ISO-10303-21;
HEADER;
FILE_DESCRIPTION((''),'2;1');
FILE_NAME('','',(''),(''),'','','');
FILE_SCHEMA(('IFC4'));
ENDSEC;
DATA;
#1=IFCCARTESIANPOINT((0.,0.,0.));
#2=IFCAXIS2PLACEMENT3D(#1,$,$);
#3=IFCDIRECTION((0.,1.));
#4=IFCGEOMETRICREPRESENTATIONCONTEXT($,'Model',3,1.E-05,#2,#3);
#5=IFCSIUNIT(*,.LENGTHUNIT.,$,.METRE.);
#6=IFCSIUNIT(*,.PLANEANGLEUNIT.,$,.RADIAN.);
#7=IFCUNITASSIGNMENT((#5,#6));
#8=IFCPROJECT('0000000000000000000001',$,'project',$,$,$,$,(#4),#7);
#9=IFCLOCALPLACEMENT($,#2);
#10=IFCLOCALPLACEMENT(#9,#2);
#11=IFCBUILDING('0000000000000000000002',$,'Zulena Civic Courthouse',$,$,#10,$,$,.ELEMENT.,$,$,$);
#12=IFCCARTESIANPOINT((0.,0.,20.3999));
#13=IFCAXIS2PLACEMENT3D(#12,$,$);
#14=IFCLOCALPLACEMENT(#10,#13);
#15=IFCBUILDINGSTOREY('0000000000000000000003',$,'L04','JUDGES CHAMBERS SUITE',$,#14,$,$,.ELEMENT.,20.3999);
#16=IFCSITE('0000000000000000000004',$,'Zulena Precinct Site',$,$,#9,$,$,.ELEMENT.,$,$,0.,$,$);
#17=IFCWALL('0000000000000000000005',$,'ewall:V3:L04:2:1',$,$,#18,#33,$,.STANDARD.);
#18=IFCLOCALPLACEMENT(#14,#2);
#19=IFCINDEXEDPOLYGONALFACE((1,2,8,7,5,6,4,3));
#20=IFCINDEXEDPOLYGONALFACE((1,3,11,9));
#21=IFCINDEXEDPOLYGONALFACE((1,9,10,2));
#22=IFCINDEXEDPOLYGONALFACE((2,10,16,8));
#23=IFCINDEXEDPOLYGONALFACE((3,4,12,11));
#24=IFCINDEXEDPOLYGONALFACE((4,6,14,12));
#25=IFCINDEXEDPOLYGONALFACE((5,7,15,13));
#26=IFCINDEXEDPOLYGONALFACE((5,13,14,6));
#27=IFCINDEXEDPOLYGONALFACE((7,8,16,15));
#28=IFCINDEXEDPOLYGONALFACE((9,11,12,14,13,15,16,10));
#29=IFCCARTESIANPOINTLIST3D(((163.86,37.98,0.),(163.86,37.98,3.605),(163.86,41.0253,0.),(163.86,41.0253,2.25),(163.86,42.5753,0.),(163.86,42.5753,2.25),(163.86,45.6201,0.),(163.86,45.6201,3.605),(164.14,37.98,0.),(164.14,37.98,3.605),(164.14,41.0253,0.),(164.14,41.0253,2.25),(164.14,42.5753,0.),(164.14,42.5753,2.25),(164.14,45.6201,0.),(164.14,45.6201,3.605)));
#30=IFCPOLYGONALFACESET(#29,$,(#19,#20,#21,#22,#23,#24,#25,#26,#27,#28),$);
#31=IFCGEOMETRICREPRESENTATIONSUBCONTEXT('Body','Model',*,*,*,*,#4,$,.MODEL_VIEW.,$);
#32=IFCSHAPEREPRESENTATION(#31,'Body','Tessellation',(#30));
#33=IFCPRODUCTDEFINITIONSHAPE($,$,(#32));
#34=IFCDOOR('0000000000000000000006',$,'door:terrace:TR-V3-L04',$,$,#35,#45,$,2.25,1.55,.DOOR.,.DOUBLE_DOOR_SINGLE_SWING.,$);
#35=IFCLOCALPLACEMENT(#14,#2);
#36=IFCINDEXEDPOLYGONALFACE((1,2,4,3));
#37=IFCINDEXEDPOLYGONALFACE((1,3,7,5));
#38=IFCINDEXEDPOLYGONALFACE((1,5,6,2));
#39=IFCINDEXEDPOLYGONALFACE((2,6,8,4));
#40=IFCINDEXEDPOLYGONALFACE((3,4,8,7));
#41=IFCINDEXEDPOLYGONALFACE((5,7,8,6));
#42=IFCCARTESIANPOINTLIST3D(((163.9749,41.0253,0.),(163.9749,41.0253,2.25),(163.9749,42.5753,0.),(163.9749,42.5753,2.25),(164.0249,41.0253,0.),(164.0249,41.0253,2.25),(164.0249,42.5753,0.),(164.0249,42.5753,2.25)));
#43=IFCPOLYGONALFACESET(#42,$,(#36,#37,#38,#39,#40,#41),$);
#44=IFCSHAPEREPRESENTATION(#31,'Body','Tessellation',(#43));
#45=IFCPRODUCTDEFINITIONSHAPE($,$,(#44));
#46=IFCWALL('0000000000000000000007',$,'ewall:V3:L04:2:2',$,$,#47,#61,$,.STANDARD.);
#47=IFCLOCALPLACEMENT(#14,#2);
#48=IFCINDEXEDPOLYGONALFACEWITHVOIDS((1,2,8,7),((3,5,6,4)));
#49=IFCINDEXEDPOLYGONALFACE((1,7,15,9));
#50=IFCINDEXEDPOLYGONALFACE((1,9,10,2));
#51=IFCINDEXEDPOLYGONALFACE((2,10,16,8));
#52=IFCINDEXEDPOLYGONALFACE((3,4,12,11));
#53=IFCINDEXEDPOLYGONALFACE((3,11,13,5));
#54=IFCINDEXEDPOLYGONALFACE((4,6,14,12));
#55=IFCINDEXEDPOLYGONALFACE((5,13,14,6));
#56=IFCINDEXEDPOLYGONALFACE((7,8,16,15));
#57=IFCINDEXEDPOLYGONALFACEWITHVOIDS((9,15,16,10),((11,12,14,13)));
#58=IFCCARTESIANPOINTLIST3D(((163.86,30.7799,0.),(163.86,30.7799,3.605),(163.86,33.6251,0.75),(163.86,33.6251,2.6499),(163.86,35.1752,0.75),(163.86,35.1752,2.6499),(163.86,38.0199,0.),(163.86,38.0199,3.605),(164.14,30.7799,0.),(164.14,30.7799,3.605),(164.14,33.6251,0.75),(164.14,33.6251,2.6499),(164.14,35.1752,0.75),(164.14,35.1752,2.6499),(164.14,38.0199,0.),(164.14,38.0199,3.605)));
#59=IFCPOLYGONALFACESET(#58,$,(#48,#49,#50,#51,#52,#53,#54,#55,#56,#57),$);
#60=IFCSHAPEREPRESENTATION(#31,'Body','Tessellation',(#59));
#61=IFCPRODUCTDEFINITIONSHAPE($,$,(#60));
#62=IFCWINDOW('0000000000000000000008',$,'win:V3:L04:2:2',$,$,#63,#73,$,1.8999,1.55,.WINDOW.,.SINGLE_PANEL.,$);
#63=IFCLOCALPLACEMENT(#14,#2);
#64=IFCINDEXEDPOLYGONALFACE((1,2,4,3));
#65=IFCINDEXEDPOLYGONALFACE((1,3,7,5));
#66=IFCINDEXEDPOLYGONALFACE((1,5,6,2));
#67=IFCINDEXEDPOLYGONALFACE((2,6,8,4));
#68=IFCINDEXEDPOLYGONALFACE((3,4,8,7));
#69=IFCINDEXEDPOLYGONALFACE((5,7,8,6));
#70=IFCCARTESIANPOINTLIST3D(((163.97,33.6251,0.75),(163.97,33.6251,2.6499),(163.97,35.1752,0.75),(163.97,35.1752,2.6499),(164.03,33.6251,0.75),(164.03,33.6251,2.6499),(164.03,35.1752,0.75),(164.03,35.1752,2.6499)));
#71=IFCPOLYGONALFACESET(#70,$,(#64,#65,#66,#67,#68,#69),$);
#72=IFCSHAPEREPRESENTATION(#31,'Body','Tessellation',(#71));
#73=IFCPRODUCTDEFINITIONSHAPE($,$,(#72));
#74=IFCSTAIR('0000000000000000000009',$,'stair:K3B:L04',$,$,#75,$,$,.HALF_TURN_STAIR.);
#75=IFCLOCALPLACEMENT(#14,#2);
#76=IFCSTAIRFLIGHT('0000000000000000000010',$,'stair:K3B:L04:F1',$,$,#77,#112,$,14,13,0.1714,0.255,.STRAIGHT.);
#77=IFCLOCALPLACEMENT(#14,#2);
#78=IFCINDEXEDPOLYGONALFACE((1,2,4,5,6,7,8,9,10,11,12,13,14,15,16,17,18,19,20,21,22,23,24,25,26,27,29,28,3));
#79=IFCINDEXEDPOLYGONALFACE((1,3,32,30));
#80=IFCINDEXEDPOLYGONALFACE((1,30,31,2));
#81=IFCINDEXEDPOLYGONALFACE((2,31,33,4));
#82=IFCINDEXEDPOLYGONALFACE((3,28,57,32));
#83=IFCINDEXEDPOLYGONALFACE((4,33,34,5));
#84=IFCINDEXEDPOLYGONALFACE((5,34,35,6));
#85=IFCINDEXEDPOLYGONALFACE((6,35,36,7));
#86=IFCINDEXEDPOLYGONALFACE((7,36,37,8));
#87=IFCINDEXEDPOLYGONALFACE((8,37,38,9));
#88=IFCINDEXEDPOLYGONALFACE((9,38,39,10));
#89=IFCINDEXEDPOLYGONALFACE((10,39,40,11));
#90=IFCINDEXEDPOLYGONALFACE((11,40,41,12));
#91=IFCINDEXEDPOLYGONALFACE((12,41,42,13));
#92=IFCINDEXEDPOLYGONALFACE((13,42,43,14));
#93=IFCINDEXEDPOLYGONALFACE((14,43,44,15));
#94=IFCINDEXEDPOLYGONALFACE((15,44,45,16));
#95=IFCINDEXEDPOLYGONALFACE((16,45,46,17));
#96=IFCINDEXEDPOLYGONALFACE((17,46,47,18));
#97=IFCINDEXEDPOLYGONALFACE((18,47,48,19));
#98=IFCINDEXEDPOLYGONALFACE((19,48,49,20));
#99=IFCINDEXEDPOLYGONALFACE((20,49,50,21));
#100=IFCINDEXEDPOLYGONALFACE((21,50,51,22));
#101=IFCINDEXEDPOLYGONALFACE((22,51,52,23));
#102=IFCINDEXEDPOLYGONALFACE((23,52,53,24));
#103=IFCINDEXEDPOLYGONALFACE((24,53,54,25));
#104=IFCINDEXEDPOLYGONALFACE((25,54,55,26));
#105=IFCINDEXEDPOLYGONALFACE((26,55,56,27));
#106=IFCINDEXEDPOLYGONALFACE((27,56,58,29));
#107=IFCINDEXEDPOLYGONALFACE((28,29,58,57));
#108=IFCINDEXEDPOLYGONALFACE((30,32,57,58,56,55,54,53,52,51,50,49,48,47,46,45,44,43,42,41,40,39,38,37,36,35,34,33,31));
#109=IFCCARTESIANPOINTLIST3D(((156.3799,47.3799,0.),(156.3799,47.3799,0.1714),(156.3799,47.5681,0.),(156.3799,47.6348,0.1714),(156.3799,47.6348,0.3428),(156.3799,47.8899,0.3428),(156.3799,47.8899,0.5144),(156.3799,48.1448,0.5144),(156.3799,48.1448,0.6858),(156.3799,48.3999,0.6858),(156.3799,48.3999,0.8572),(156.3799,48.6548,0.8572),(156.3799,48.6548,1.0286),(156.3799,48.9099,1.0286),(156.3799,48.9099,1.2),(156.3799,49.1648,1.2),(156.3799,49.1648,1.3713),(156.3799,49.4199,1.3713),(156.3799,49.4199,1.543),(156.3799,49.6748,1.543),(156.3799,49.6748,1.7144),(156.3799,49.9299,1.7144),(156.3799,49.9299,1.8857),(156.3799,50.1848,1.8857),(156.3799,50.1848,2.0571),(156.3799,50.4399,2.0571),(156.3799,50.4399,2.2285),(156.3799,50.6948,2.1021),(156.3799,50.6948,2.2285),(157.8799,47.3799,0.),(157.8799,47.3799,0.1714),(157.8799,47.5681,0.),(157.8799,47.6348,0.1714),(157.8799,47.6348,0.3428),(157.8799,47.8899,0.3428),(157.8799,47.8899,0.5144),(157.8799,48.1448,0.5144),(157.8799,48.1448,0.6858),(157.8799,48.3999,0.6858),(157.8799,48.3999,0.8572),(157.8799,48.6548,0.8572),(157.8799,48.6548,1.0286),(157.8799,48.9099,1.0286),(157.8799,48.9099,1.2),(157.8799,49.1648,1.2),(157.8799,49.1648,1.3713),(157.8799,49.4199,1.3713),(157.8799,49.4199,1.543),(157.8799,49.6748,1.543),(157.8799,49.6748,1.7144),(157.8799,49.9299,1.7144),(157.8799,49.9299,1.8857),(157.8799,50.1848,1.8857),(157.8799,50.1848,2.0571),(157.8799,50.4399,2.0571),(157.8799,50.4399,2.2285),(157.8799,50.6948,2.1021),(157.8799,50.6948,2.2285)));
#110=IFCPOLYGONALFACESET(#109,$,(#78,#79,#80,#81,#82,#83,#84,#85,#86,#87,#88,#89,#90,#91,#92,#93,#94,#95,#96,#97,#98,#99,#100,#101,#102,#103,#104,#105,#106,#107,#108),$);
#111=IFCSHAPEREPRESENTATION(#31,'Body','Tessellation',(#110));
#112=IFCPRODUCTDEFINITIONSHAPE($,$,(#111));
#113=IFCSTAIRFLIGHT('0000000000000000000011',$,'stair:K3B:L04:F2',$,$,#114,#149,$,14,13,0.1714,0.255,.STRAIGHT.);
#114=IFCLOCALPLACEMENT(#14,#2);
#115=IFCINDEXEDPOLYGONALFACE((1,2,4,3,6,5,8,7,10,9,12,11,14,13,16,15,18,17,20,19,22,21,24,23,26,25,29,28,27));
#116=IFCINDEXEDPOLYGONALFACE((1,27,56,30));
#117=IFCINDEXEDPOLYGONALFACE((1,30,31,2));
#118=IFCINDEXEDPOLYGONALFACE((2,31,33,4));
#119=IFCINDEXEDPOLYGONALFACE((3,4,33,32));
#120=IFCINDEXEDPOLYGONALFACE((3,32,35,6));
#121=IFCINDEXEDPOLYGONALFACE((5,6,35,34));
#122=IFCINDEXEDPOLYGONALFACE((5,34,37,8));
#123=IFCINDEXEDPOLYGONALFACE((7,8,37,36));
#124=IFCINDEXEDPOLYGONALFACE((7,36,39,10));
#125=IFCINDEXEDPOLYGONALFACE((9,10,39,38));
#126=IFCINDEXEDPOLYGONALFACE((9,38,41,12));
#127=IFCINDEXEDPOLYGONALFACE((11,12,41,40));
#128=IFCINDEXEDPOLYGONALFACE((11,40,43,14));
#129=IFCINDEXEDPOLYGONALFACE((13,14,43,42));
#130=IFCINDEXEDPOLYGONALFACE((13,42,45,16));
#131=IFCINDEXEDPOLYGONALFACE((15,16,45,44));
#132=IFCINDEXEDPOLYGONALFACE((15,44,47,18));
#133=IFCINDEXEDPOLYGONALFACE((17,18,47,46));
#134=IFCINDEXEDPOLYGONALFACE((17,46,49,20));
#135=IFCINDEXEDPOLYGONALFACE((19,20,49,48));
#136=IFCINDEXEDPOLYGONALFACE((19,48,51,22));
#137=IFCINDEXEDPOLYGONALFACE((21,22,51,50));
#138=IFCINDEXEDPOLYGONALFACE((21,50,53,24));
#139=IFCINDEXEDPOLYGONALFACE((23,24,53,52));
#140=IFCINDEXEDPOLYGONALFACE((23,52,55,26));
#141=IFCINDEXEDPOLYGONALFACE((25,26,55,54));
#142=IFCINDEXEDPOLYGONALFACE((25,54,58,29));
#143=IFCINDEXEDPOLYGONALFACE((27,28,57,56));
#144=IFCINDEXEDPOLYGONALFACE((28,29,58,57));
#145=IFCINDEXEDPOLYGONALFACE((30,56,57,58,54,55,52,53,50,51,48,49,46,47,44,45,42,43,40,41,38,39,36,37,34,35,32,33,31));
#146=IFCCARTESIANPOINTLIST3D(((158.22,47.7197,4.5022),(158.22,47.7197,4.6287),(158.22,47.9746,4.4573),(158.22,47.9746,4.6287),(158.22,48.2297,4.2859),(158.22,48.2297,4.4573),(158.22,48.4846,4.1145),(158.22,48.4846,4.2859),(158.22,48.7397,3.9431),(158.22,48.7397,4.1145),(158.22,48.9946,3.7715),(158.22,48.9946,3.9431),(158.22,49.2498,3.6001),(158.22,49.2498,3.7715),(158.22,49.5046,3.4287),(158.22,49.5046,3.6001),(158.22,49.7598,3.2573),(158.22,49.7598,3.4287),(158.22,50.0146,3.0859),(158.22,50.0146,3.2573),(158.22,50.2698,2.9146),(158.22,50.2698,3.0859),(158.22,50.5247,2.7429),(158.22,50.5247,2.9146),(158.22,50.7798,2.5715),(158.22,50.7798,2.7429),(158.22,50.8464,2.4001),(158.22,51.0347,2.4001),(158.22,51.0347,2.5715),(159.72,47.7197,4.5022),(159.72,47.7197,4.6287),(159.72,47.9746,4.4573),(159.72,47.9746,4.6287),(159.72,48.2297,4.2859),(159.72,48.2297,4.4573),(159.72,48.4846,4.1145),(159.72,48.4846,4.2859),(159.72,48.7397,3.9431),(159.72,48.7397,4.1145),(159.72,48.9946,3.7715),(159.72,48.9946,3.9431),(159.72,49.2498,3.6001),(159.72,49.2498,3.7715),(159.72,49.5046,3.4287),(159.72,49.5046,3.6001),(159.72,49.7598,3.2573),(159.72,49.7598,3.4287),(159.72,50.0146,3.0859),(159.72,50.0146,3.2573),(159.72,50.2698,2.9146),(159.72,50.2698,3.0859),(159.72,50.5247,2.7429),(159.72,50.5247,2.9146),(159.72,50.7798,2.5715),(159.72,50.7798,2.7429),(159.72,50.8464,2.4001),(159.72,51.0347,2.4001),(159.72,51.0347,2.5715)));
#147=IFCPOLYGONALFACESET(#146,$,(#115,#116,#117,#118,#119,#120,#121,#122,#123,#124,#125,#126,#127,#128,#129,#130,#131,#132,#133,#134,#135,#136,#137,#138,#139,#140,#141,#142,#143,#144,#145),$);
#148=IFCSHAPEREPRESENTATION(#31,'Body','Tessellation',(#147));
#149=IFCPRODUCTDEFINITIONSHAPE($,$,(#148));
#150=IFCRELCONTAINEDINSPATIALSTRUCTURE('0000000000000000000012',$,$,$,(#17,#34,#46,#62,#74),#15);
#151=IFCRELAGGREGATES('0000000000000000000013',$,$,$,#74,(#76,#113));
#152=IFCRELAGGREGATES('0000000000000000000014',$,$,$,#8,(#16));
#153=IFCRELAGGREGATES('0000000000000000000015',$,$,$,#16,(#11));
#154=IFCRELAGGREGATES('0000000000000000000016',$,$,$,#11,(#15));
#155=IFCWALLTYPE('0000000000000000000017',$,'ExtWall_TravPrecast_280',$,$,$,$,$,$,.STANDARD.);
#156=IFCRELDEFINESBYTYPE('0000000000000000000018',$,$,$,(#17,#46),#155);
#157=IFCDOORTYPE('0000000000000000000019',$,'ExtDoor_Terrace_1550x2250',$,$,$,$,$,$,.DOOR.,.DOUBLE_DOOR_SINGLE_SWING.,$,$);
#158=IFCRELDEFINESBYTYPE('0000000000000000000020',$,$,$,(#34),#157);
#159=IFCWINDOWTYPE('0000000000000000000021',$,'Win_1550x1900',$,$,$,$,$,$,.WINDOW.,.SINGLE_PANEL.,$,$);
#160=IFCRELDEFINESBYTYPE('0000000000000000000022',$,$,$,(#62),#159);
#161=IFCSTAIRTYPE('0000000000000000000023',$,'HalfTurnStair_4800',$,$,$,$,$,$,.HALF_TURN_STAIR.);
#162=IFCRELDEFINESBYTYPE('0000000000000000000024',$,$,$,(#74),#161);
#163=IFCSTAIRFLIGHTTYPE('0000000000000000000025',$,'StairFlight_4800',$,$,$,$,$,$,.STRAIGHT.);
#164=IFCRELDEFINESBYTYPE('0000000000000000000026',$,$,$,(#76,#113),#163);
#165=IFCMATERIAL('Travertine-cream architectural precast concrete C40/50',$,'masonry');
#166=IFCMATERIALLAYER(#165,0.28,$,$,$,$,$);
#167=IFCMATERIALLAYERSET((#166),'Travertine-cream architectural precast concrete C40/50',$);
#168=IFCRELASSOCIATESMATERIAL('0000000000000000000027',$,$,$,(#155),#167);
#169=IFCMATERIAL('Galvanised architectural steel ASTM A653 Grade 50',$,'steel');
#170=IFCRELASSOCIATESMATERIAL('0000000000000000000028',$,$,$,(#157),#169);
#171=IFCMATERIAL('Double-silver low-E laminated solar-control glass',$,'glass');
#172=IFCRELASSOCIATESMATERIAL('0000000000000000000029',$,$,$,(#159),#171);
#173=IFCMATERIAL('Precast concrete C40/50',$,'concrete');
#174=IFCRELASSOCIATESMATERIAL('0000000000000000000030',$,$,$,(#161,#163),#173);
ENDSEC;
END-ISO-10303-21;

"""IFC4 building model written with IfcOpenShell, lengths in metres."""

from ifc_helpers import new_model, si_unit, direction, frame, frame_2d, origin, place, context, subcontext, project, spatial, polyline, rectangle, outline, extrude, material, layer, layer_set, type_object, element, fill, aggregate, save


model = new_model("IFC4")

# Units and contexts
model_context = context("Model", 3, precision=1e-05, world=origin(), true_north=direction((0.0, 1.0)))
body_context = subcontext(model_context, "Body", "Model", "MODEL_VIEW")
ifc_project = project(units=[si_unit("LENGTHUNIT", "METRE"), si_unit("PLANEANGLEUNIT", "RADIAN")], contexts=[model_context])

# Site, building, storey
site_placement = place(None, origin())
site = spatial("IfcSite", under=ifc_project, at=site_placement, Name="Zulena Precinct Site", CompositionType="ELEMENT", RefElevation=0.0)
building_placement = place(site_placement, origin())
building = spatial("IfcBuilding", under=site, at=building_placement, Name="Zulena Civic Courthouse", CompositionType="ELEMENT")
storey_placement = place(building_placement, frame((0.0, 0.0, 20.3999)))
storey = spatial("IfcBuildingStorey", under=building, at=storey_placement, Name="L04", Description="JUDGES CHAMBERS SUITE", CompositionType="ELEMENT", Elevation=20.3999)

# Shared definitions
ifc_material_1 = material(Name="Double-silver low-E laminated solar-control glass", Category="glass")

# Wall, opening, door
ifc_material_2 = material(Name="Travertine-cream architectural precast concrete C40/50", Category="masonry")
ifc_layer_1 = layer(ifc_material_2, 0.28)
ifc_layer_set_1 = layer_set([ifc_layer_1], Name="Travertine-cream architectural precast concrete C40/50")
wall_type_1 = type_object("IfcWallType", Name="ExtWall_TravPrecast_280", PredefinedType="STANDARD", material=ifc_layer_set_1)
wall_1_placement = place(storey_placement, frame((164.0, 45.6201, 0.0), z_axis=(0.0, 0.0, 1.0), x_axis=(0.0, -1.0, 0.0)))
wall_1 = element("IfcWall", 1, at=wall_1_placement, inside=storey, type_object=wall_type_1, Name="ewall:V3:L04:2:1", PredefinedType="STANDARD", context=body_context, shape_type="SweptSolid", body=[
    extrude(rectangle(XDim=7.6401, YDim=0.28, at=frame_2d((3.8201, 0.0))), origin(), (0.0, 0.0, 1.0), 3.605),
])
opening_1_placement = place(wall_1_placement, frame((3.0449, 0.0, 0.0)))
opening_1 = element("IfcOpeningElement", 2, at=opening_1_placement, cuts=wall_1, PredefinedType="OPENING", context=body_context, shape_type="SweptSolid", body=[
    extrude(rectangle(XDim=1.55, YDim=2.25, at=frame_2d((0.7749, 1.125))), frame((0.0, 0.1499, 0.0), z_axis=(0.0, -1.0, 0.0), x_axis=(1.0, 0.0, 0.0)), (0.0, 0.0, 1.0), 0.3),
])
ifc_material_3 = material(Name="Galvanised architectural steel ASTM A653 Grade 50", Category="steel")
door_type_1 = type_object("IfcDoorType", Name="ExtDoor_Terrace_1550x2250", OperationType="DOUBLE_DOOR_SINGLE_SWING", PredefinedType="DOOR", material=ifc_material_3)
door_1_placement = place(opening_1_placement, origin())
door_1 = element("IfcDoor", 3, at=door_1_placement, inside=storey, type_object=door_type_1, Name="door:terrace:TR-V3-L04", OperationType="DOUBLE_DOOR_SINGLE_SWING", OverallHeight=2.25, OverallWidth=1.55, PredefinedType="DOOR", context=body_context, shape_type="SweptSolid", body=[
    extrude(rectangle(XDim=1.55, YDim=2.25, at=frame_2d((0.7749, 1.125))), frame((0.0, 0.0249, 0.0), z_axis=(0.0, -1.0, 0.0), x_axis=(1.0, 0.0, 0.0)), (0.0, 0.0, 1.0), 0.05),
])
fill(opening_1, door_1)

# Wall, opening, window
wall_2_placement = place(storey_placement, frame((164.0, 38.02, 0.0), z_axis=(0.0, 0.0, 1.0), x_axis=(0.0, -1.0, 0.0)))
wall_2 = element("IfcWall", 4, at=wall_2_placement, inside=storey, type_object=wall_type_1, Name="ewall:V3:L04:2:2", PredefinedType="STANDARD", context=body_context, shape_type="SweptSolid", body=[
    extrude(rectangle(XDim=7.24, YDim=0.28, at=frame_2d((3.6201, 0.0))), origin(), (0.0, 0.0, 1.0), 3.605),
])
opening_2_placement = place(wall_2_placement, frame((2.845, 0.0, 0.75)))
opening_2 = element("IfcOpeningElement", 5, at=opening_2_placement, cuts=wall_2, PredefinedType="OPENING", context=body_context, shape_type="SweptSolid", body=[
    extrude(rectangle(XDim=1.55, YDim=1.8999, at=frame_2d((0.7749, 0.95))), frame((0.0, 0.1499, 0.0), z_axis=(0.0, -1.0, 0.0), x_axis=(1.0, 0.0, 0.0)), (0.0, 0.0, 1.0), 0.3),
])
window_type = type_object("IfcWindowType", Name="Win_1550x1900", PartitioningType="SINGLE_PANEL", PredefinedType="WINDOW", material=ifc_material_1)
window_placement = place(opening_2_placement, origin())
window = element("IfcWindow", 6, at=window_placement, inside=storey, type_object=window_type, Name="win:V3:L04:2:2", OverallHeight=1.8999, OverallWidth=1.55, PartitioningType="SINGLE_PANEL", PredefinedType="WINDOW", context=body_context, shape_type="SweptSolid", body=[
    extrude(rectangle(XDim=1.55, YDim=1.8999, at=frame_2d((0.7749, 0.95))), frame((0.0, 0.03, 0.0), z_axis=(0.0, -1.0, 0.0), x_axis=(1.0, 0.0, 0.0)), (0.0, 0.0, 1.0), 0.0601),
])
fill(opening_2, window)

# Stair, stair flights
ifc_material_4 = material(Name="Precast concrete C40/50", Category="concrete")
stair_type = type_object("IfcStairType", Name="HalfTurnStair_4800", PredefinedType="HALF_TURN_STAIR", material=ifc_material_4)
stair_placement = place(storey_placement, origin())
stair = element("IfcStair", 7, at=stair_placement, inside=storey, type_object=stair_type, Name="stair:K3B:L04", PredefinedType="HALF_TURN_STAIR")
stair_flight_type = type_object("IfcStairFlightType", Name="StairFlight_4800", PredefinedType="STRAIGHT", material=ifc_material_4)
stair_flight_1_placement = place(storey_placement, frame((157.1299, 47.3799, 0.0), z_axis=(0.0, 0.0, 1.0), x_axis=(0.0, 1.0, 0.0)))
stair_flight_1 = element("IfcStairFlight", 8, at=stair_flight_1_placement, type_object=stair_flight_type, Name="stair:K3B:L04:F1", NumberOfRisers=14, NumberOfTreads=13, PredefinedType="STRAIGHT", RiserHeight=0.1714, TreadLength=0.255, context=body_context, shape_type="SweptSolid", body=[
    extrude(outline(polyline([(0.0, 0.0), (0.0, 0.1714), (0.2549, 0.1714), (0.2549, 0.3428), (0.51, 0.3428), (0.51, 0.5144), (0.7649, 0.5144), (0.7649, 0.6858), (1.02, 0.6858), (1.02, 0.8572), (1.2749, 0.8572), (1.2749, 1.0286), (1.53, 1.0286), (1.53, 1.2), (1.7849, 1.2), (1.7849, 1.3713), (2.04, 1.3713), (2.04, 1.543), (2.2949, 1.543), (2.2949, 1.7144), (2.55, 1.7144), (2.55, 1.8857), (2.8049, 1.8857), (2.8049, 2.0571), (3.0601, 2.0571), (3.0601, 2.2285), (3.3149, 2.2285), (3.3149, 2.3999), (3.3149, 2.1021), (0.1882, 0.0), (0.0, 0.0)])), frame((0.0, 0.75, 0.0), z_axis=(0.0, -1.0, 0.0), x_axis=(1.0, 0.0, 0.0)), (0.0, 0.0, 1.0), 1.5),
])
stair_flight_2_placement = place(storey_placement, frame((158.97, 51.0347, 2.4001), z_axis=(0.0, 0.0, 1.0), x_axis=(0.0, -1.0, 0.0)))
stair_flight_2 = element("IfcStairFlight", 9, at=stair_flight_2_placement, type_object=stair_flight_type, Name="stair:K3B:L04:F2", NumberOfRisers=14, NumberOfTreads=13, PredefinedType="STRAIGHT", RiserHeight=0.1714, TreadLength=0.255, context=body_context, shape_type="SweptSolid", body=[
    extrude(outline(polyline([(0.0, 0.0), (0.0, 0.1714), (0.2549, 0.1714), (0.2549, 0.3428), (0.51, 0.3428), (0.51, 0.5144), (0.7649, 0.5144), (0.7649, 0.6858), (1.02, 0.6858), (1.02, 0.8572), (1.2749, 0.8572), (1.2749, 1.0286), (1.53, 1.0286), (1.53, 1.2), (1.7849, 1.2), (1.7849, 1.3713), (2.04, 1.3713), (2.04, 1.543), (2.2949, 1.543), (2.2949, 1.7144), (2.55, 1.7144), (2.55, 1.8857), (2.8049, 1.8857), (2.8049, 2.0571), (3.0601, 2.0571), (3.0601, 2.2285), (3.3149, 2.2285), (3.3149, 2.3999), (3.3149, 2.1021), (0.1882, 0.0), (0.0, 0.0)])), frame((0.0, 0.75, 0.0), z_axis=(0.0, -1.0, 0.0), x_axis=(1.0, 0.0, 0.0)), (0.0, 0.0, 1.0), 1.5),
])
aggregate(stair, [stair_flight_1, stair_flight_2])

save(model, "model.ifc")
